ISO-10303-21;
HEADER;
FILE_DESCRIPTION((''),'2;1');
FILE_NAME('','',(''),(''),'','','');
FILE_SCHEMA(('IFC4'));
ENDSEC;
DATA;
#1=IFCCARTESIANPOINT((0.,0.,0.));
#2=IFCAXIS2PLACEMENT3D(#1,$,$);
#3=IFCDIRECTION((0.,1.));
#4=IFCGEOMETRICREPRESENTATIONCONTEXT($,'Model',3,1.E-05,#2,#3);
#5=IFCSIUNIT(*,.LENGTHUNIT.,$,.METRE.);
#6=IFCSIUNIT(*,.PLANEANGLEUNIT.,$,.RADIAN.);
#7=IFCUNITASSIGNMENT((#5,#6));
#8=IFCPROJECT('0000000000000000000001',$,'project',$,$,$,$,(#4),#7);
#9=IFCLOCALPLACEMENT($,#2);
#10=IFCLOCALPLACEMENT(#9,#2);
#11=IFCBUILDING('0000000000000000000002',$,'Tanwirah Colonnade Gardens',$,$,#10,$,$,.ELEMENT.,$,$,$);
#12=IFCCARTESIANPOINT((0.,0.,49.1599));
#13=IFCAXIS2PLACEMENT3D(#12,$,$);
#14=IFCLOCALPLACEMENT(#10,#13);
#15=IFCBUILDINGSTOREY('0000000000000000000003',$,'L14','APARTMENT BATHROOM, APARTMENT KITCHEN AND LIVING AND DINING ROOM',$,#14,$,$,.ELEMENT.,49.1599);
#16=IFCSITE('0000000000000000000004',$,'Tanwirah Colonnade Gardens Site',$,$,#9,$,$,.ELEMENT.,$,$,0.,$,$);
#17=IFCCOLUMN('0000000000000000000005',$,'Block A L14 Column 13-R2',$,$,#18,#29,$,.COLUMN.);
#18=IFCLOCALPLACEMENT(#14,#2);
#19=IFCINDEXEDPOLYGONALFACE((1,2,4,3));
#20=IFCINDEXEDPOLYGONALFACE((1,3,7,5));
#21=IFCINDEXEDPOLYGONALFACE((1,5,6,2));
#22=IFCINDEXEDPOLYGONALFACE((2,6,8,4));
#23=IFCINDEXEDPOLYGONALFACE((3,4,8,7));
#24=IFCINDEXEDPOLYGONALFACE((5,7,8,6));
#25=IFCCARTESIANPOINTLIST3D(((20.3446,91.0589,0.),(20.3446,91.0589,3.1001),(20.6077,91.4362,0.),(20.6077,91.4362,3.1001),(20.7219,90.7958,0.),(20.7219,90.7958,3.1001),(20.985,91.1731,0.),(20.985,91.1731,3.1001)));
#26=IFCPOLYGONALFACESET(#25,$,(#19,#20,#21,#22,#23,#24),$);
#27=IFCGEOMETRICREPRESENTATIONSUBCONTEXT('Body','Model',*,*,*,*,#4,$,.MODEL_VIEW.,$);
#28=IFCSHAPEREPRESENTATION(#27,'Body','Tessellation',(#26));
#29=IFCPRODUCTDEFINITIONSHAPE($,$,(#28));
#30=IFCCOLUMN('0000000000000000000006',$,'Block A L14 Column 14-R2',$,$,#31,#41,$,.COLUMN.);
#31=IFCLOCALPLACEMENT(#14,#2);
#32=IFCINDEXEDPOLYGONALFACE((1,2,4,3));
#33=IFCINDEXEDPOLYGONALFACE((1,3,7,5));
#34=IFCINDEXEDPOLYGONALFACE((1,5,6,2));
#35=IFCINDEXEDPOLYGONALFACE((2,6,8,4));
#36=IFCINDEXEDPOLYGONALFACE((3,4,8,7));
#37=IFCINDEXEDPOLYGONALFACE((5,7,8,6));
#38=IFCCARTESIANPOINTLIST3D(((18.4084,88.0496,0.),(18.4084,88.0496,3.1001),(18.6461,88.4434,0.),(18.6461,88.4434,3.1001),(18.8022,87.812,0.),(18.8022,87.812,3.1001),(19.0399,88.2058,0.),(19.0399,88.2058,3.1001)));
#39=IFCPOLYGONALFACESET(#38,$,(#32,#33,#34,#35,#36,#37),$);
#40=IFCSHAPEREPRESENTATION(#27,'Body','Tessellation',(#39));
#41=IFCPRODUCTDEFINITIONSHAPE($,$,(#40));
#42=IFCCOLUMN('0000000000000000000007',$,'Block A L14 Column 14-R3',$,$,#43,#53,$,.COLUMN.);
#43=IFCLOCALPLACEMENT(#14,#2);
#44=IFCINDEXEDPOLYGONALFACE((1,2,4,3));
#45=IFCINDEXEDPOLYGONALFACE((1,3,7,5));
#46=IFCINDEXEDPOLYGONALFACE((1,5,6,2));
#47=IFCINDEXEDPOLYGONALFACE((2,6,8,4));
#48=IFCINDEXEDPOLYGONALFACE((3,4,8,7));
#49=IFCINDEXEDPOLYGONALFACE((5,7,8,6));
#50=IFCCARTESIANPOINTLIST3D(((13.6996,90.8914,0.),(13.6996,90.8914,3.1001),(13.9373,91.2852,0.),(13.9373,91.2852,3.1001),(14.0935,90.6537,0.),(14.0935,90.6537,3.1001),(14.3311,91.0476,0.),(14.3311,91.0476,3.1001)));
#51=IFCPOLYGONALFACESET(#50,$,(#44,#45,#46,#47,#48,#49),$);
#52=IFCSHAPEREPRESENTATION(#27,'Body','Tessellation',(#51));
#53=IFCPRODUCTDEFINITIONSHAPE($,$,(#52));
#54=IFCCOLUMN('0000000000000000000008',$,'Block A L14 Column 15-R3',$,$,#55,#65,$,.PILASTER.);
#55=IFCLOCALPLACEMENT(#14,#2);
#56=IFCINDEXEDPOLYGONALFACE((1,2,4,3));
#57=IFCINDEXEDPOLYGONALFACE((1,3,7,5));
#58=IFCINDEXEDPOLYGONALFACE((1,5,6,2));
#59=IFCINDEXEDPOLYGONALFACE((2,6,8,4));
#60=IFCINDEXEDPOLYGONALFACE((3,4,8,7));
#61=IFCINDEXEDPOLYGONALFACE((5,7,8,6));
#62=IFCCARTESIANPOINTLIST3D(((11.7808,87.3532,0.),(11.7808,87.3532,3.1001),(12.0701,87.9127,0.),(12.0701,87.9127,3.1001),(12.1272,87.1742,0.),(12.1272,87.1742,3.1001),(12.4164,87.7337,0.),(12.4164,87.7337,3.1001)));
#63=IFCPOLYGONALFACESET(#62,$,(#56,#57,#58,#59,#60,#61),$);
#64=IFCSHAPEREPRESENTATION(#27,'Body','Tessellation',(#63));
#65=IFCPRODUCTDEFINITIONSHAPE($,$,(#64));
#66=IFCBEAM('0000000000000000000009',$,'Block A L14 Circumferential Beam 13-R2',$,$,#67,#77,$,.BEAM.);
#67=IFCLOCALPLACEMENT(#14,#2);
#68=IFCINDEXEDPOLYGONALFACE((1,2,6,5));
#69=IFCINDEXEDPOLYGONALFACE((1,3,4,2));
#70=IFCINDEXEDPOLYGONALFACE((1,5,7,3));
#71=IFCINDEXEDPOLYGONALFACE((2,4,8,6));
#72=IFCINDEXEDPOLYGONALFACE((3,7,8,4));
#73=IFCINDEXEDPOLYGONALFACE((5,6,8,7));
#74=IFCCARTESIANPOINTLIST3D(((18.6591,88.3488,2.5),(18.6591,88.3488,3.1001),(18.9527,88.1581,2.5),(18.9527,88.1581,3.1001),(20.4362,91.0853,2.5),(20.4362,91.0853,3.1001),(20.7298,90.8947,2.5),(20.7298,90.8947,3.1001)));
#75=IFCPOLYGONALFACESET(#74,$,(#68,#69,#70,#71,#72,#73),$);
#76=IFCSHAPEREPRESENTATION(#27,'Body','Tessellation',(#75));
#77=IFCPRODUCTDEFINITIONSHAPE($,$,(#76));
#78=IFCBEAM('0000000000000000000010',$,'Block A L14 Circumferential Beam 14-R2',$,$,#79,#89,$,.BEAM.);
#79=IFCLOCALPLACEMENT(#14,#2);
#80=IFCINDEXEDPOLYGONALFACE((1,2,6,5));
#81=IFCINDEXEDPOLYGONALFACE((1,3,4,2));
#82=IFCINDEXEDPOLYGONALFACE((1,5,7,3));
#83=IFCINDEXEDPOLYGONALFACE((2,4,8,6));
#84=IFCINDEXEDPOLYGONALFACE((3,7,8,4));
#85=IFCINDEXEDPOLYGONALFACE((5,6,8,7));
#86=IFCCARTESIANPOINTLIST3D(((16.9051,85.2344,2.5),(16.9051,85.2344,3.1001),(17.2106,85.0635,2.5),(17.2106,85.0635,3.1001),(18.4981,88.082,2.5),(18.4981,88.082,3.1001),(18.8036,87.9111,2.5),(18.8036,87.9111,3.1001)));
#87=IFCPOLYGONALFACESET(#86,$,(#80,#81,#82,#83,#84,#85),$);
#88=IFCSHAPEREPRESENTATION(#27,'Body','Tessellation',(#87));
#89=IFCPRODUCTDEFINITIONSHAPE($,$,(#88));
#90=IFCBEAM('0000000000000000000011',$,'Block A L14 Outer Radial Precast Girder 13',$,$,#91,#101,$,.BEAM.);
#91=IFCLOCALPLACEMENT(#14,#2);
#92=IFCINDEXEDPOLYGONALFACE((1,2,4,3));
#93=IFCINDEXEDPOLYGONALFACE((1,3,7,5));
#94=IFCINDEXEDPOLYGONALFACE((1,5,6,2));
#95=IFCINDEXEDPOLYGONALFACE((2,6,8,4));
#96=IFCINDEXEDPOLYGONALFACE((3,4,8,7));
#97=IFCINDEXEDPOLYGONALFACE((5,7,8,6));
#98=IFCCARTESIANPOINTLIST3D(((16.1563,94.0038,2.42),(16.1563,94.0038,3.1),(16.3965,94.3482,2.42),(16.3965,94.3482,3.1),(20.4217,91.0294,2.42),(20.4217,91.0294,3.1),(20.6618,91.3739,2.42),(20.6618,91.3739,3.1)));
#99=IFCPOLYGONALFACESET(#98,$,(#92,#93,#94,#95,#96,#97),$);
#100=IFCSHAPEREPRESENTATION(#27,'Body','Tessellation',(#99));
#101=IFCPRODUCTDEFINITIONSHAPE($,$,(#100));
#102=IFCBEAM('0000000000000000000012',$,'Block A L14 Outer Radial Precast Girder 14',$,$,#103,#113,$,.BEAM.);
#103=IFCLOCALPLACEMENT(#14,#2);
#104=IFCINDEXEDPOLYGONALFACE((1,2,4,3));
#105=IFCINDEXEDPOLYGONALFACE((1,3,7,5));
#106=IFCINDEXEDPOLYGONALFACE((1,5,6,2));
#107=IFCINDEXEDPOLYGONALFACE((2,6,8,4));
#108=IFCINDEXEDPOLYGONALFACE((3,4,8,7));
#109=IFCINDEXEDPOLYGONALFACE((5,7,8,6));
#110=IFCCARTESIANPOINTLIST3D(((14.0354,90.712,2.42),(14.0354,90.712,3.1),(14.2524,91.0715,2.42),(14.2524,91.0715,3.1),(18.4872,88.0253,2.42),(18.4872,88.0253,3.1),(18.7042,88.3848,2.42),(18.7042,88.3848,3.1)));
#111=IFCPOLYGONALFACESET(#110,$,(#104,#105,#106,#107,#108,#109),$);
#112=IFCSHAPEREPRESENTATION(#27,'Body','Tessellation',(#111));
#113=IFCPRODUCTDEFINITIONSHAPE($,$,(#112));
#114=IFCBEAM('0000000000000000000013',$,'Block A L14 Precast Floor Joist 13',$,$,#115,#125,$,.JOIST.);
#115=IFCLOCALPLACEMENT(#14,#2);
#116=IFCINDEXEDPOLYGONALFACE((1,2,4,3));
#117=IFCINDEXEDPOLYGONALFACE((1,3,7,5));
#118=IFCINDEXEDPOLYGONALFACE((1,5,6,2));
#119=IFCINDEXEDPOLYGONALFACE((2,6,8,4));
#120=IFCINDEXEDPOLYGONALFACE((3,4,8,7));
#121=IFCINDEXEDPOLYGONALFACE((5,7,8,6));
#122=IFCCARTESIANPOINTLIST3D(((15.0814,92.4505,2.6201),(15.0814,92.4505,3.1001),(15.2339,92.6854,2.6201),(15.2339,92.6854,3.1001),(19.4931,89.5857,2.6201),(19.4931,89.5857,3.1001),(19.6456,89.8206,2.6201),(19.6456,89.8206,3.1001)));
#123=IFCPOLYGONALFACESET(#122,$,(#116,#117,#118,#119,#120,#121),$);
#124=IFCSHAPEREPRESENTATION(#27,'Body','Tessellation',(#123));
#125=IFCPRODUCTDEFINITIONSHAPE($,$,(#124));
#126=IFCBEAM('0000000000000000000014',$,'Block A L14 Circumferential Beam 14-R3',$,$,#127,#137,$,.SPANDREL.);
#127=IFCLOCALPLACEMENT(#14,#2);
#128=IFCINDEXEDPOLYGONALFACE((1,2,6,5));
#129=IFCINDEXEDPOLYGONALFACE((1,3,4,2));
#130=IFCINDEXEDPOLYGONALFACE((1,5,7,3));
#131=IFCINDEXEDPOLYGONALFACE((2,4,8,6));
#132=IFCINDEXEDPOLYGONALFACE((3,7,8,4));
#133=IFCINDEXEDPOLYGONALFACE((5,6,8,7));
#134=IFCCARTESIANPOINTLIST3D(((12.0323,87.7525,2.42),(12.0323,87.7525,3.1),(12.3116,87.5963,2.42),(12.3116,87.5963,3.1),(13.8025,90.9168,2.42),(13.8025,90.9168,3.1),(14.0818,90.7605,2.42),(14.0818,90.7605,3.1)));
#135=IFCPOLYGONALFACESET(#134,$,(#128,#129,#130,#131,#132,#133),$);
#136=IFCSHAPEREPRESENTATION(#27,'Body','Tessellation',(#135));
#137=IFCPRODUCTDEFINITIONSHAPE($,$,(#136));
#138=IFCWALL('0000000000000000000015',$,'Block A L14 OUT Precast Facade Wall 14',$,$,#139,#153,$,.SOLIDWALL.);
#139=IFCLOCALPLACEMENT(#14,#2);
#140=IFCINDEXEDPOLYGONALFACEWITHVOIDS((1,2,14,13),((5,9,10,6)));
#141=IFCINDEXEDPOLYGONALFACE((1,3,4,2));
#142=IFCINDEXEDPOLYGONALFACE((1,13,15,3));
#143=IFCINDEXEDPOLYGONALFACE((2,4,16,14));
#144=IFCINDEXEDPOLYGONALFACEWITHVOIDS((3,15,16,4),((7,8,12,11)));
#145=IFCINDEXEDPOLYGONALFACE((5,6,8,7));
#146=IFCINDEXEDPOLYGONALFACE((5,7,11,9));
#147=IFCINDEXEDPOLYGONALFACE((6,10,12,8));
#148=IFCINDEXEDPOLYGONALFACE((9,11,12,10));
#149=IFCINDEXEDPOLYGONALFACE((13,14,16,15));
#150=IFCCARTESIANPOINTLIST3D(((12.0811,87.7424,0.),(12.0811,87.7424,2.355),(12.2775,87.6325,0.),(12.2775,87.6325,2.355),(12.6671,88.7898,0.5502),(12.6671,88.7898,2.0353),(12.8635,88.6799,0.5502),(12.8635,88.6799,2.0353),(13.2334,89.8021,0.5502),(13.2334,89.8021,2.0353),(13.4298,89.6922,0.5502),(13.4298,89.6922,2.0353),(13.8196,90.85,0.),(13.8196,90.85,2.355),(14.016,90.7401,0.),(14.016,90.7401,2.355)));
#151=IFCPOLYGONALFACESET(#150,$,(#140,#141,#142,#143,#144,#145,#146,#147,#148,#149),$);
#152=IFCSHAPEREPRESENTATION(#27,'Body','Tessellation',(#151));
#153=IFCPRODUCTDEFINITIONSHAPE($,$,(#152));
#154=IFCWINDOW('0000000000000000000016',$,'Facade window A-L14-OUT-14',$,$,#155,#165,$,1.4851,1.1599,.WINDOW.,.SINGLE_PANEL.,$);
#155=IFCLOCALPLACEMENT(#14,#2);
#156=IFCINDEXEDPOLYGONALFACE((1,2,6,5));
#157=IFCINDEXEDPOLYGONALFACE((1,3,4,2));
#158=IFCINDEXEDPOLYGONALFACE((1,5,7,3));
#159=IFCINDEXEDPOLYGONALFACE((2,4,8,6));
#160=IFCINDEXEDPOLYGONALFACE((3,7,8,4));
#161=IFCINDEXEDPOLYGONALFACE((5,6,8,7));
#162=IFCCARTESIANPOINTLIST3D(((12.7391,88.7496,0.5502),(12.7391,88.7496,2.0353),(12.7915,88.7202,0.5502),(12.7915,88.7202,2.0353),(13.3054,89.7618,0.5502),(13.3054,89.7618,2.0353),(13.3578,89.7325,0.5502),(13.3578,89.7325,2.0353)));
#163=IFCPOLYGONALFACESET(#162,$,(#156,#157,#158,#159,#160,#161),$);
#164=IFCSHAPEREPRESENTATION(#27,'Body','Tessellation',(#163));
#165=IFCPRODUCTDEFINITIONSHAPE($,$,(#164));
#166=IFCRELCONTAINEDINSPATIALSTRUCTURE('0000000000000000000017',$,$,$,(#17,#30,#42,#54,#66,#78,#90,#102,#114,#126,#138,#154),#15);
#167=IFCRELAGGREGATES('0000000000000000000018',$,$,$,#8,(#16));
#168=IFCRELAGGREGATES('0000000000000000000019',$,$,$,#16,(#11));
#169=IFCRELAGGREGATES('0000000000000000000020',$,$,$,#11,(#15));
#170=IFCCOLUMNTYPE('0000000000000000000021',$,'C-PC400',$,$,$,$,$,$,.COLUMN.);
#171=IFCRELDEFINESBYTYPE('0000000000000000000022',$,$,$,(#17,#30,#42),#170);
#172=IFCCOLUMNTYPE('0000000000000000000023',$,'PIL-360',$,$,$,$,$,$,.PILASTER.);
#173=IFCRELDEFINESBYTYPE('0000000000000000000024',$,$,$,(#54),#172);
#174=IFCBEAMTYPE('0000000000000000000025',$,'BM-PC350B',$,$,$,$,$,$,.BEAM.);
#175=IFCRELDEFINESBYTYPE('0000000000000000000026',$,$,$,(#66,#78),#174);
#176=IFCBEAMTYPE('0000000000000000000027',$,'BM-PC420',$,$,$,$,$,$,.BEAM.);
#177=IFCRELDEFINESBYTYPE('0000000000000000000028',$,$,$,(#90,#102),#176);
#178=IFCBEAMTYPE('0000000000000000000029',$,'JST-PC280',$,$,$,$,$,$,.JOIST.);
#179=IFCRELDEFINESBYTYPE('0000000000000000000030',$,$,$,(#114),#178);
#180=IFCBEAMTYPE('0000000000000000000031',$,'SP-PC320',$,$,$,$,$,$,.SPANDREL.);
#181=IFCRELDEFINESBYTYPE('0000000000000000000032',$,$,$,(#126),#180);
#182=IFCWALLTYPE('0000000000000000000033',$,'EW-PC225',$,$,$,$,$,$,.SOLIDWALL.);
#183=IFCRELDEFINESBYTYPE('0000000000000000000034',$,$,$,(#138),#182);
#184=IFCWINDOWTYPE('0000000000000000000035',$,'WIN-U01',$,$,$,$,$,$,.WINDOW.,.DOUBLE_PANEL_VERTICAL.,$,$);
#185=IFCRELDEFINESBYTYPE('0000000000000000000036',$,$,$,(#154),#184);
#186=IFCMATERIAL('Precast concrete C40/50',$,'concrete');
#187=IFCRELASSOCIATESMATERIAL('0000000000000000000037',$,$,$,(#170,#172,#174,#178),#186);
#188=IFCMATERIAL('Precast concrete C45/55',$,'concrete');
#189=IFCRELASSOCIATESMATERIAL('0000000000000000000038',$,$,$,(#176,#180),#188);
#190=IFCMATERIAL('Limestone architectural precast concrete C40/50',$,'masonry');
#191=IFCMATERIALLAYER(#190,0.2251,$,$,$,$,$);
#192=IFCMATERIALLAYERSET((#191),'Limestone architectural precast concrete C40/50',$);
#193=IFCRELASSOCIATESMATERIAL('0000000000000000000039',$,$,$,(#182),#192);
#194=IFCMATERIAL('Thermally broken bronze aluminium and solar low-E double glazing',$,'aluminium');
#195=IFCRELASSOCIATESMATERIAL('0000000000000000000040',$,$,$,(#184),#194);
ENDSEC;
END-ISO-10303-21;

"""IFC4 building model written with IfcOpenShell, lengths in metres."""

from ifc_helpers import new_model, si_unit, direction, frame, frame_2d, origin, origin_2d, place, context, subcontext, project, spatial, rectangle, extrude, material, layer, layer_set, material_profile, profile_set, type_object, element, fill, save


model = new_model("IFC4")

# Units and contexts
model_context = context("Model", 3, precision=1e-05, world=origin(), true_north=direction((0.0, 1.0)))
body_context = subcontext(model_context, "Body", "Model", "MODEL_VIEW")
ifc_project = project(units=[si_unit("LENGTHUNIT", "METRE"), si_unit("PLANEANGLEUNIT", "RADIAN")], contexts=[model_context])

# Site, building, storey
site_placement = place(None, origin())
site = spatial("IfcSite", under=ifc_project, at=site_placement, Name="Tanwirah Colonnade Gardens Site", CompositionType="ELEMENT", RefElevation=0.0)
building_placement = place(site_placement, origin())
building = spatial("IfcBuilding", under=site, at=building_placement, Name="Tanwirah Colonnade Gardens", CompositionType="ELEMENT")
storey_placement = place(building_placement, frame((0.0, 0.0, 49.1599)))
storey = spatial("IfcBuildingStorey", under=building, at=storey_placement, Name="L14", Description="APARTMENT BATHROOM, APARTMENT KITCHEN AND LIVING AND DINING ROOM", CompositionType="ELEMENT", Elevation=49.1599)

# Columns
ifc_material_1 = material(Name="Precast concrete C40/50", Category="concrete")
ifc_material_profile_1 = material_profile(ifc_material_1, rectangle(XDim=0.46, YDim=0.46, at=origin_2d()), Name="PC-COL 460x460")
ifc_profile_set_1 = profile_set([ifc_material_profile_1], Name="Precast concrete C40/50")
column_type_1 = type_object("IfcColumnType", Name="C-PC400", PredefinedType="COLUMN", material=ifc_profile_set_1)
for number, where, z_axis, x_axis, name in (
    (1, (20.6648, 91.116, 0.0), (0.0, 0.0, 1.0), (-0.820263, 0.571987, 0.0), "Block A L14 Column 13-R2"),
    (2, (18.7241, 88.1277, 0.0), (0.0, 0.0, 1.0), (-0.856167, 0.516699, 0.0), "Block A L14 Column 14-R2"),
    (3, (14.0154, 90.9695, 0.0), (0.0, 0.0, 1.0), (-0.856167, 0.516699, 0.0), "Block A L14 Column 14-R3"),
):
    element("IfcColumn", number, at=place(storey_placement, frame(where, z_axis=z_axis, x_axis=x_axis)), inside=storey, type_object=column_type_1, Name=name, PredefinedType="COLUMN", context=body_context, shape_type="SweptSolid", body=[
        extrude(rectangle(XDim=0.46, YDim=0.46, at=origin_2d()), origin(), (0.0, 0.0, 1.0), 3.1001),
    ])
ifc_material_profile_2 = material_profile(ifc_material_1, rectangle(XDim=0.3899, YDim=0.6299, at=origin_2d()), Name="PC-PIL 390x630")
ifc_profile_set_2 = profile_set([ifc_material_profile_2], Name="Precast concrete C40/50")
column_type_2 = type_object("IfcColumnType", Name="PIL-360", PredefinedType="PILASTER", material=ifc_profile_set_2)
column_placement = place(storey_placement, frame((12.0986, 87.5435, 0.0), z_axis=(0.0, 0.0, 1.0), x_axis=(-0.88835, 0.459166, 0.0)))
element("IfcColumn", 4, at=column_placement, inside=storey, type_object=column_type_2, Name="Block A L14 Column 15-R3", PredefinedType="PILASTER", context=body_context, shape_type="SweptSolid", body=[
    extrude(rectangle(XDim=0.3899, YDim=0.6299, at=origin_2d()), origin(), (0.0, 0.0, 1.0), 3.1001),
])

# Beams
ifc_material_profile_3 = material_profile(ifc_material_1, rectangle(XDim=0.3501, YDim=0.6001, at=origin_2d()), Name="PC-BM 350x600")
ifc_profile_set_3 = profile_set([ifc_material_profile_3], Name="Precast concrete C40/50")
beam_type_1 = type_object("IfcBeamType", Name="BM-PC350B", PredefinedType="BEAM", material=ifc_profile_set_3)
for number, where, z_axis, x_axis, name in (
    (5, (20.583, 90.99, 2.8), (-0.544628, -0.838678, 0.0), (0.838678, -0.544628, 0.0), "Block A L14 Circumferential Beam 13-R2"),
    (6, (18.6509, 87.9966, 2.8), (-0.488214, -0.872724, 0.0), (0.872724, -0.488214, 0.0), "Block A L14 Circumferential Beam 14-R2"),
):
    element("IfcBeam", number, at=place(storey_placement, frame(where, z_axis=z_axis, x_axis=x_axis)), inside=storey, type_object=beam_type_1, Name=name, PredefinedType="BEAM", context=body_context, shape_type="SweptSolid", body=[
        extrude(rectangle(XDim=0.3501, YDim=0.6001, at=origin_2d()), origin(), (0.0, 0.0, 1.0), 3.2629),
    ])
ifc_material_2 = material(Name="Precast concrete C45/55", Category="concrete")
ifc_material_profile_4 = material_profile(ifc_material_2, rectangle(XDim=0.4199, YDim=0.6799, at=origin_2d()), Name="PC-BM 420x680")
ifc_profile_set_4 = profile_set([ifc_material_profile_4], Name="Precast concrete C45/55")
beam_type_2 = type_object("IfcBeamType", Name="BM-PC420", PredefinedType="BEAM", material=ifc_profile_set_4)
beam_1_placement = place(storey_placement, frame((20.5417, 91.2017, 2.76), z_axis=(-0.820261, 0.57199, 0.0), x_axis=(-0.57199, -0.820261, 0.0)))
element("IfcBeam", 7, at=beam_1_placement, inside=storey, type_object=beam_type_2, Name="Block A L14 Outer Radial Precast Girder 13", PredefinedType="BEAM", context=body_context, shape_type="SweptSolid", body=[
    extrude(rectangle(XDim=0.4199, YDim=0.6799, at=origin_2d()), origin(), (0.0, 0.0, 1.0), 5.2),
])
beam_2_placement = place(storey_placement, frame((18.5957, 88.2051, 2.76), z_axis=(-0.856164, 0.516704, 0.0), x_axis=(-0.516704, -0.856164, 0.0)))
element("IfcBeam", 8, at=beam_2_placement, inside=storey, type_object=beam_type_2, Name="Block A L14 Outer Radial Precast Girder 14", PredefinedType="BEAM", context=body_context, shape_type="SweptSolid", body=[
    extrude(rectangle(XDim=0.4199, YDim=0.6799, at=origin_2d()), origin(), (0.0, 0.0, 1.0), 5.1997),
])
ifc_material_profile_5 = material_profile(ifc_material_1, rectangle(XDim=0.28, YDim=0.48, at=origin_2d()), Name="PC-JST 280x480")
ifc_profile_set_5 = profile_set([ifc_material_profile_5], Name="Precast concrete C40/50")
beam_type_3 = type_object("IfcBeamType", Name="JST-PC280", PredefinedType="JOIST", material=ifc_profile_set_5)
beam_3_placement = place(storey_placement, frame((19.5693, 89.7031, 2.8601), z_axis=(-0.838687, 0.544613, 0.0), x_axis=(-0.544613, -0.838687, 0.0)))
element("IfcBeam", 9, at=beam_3_placement, inside=storey, type_object=beam_type_3, Name="Block A L14 Precast Floor Joist 13", PredefinedType="JOIST", context=body_context, shape_type="SweptSolid", body=[
    extrude(rectangle(XDim=0.28, YDim=0.48, at=origin_2d()), origin(), (0.0, 0.0, 1.0), 5.2603),
])
ifc_material_profile_6 = material_profile(ifc_material_2, rectangle(XDim=0.3201, YDim=0.6799, at=origin_2d()), Name="PC-SP 320x680")
ifc_profile_set_6 = profile_set([ifc_material_profile_6], Name="Precast concrete C45/55")
beam_type_4 = type_object("IfcBeamType", Name="SP-PC320", PredefinedType="SPANDREL", material=ifc_profile_set_6)
beam_4_placement = place(storey_placement, frame((13.9421, 90.8386, 2.76), z_axis=(-0.488236, -0.872711, 0.0), x_axis=(0.872711, -0.488236, 0.0)))
element("IfcBeam", 10, at=beam_4_placement, inside=storey, type_object=beam_type_4, Name="Block A L14 Circumferential Beam 14-R3", PredefinedType="SPANDREL", context=body_context, shape_type="SweptSolid", body=[
    extrude(rectangle(XDim=0.3201, YDim=0.6799, at=origin_2d()), origin(), (0.0, 0.0, 1.0), 3.6257),
])

# Wall, opening, window
ifc_material_3 = material(Name="Limestone architectural precast concrete C40/50", Category="masonry")
ifc_layer_1 = layer(ifc_material_3, 0.2251)
ifc_layer_set_1 = layer_set([ifc_layer_1], Name="Limestone architectural precast concrete C40/50")
wall_type_1 = type_object("IfcWallType", Name="EW-PC225", PredefinedType="SOLIDWALL", material=ifc_layer_set_1)
wall_1_placement = place(storey_placement, frame((13.9177, 90.7949, 0.0), z_axis=(0.0, 0.0, 1.0), x_axis=(-0.488225, -0.872718, 0.0)))
wall_1 = element("IfcWall", 11, at=wall_1_placement, inside=storey, type_object=wall_type_1, Name="Block A L14 OUT Precast Facade Wall 14", PredefinedType="SOLIDWALL", context=body_context, shape_type="SweptSolid", body=[
    extrude(rectangle(XDim=3.5608, YDim=0.2251, at=frame_2d((1.7803, 0.0))), origin(), (0.0, 0.0, 1.0), 2.355),
])
opening_1_placement = place(wall_1_placement, frame((1.2004, 0.0, 0.55)))
opening_1 = element("IfcOpeningElement", 12, at=opening_1_placement, cuts=wall_1, PredefinedType="OPENING", context=body_context, shape_type="SweptSolid", body=[
    extrude(rectangle(XDim=1.1599, YDim=1.4851, at=frame_2d((0.5801, 0.7427))), frame((0.0, 0.1226, 0.0), z_axis=(0.0, -1.0, 0.0), x_axis=(1.0, 0.0, 0.0)), (0.0, 0.0, 1.0), 0.2451),
])
ifc_material_4 = material(Name="Thermally broken bronze aluminium and solar low-E double glazing", Category="aluminium")
window_type = type_object("IfcWindowType", Name="WIN-U01", PartitioningType="DOUBLE_PANEL_VERTICAL", PredefinedType="WINDOW", material=ifc_material_4)
window_placement = place(opening_1_placement, origin())
window = element("IfcWindow", 13, at=window_placement, inside=storey, type_object=window_type, Name="Facade window A-L14-OUT-14", OverallHeight=1.4851, OverallWidth=1.1599, PartitioningType="SINGLE_PANEL", PredefinedType="WINDOW", context=body_context, shape_type="SweptSolid", body=[
    extrude(rectangle(XDim=1.1599, YDim=1.4851, at=frame_2d((0.5801, 0.7427))), frame((0.0, 0.03, 0.0), z_axis=(0.0, -1.0, 0.0), x_axis=(1.0, 0.0, 0.0)), (0.0, 0.0, 1.0), 0.0601),
])
fill(opening_1, window)

save(model, "model.ifc")
